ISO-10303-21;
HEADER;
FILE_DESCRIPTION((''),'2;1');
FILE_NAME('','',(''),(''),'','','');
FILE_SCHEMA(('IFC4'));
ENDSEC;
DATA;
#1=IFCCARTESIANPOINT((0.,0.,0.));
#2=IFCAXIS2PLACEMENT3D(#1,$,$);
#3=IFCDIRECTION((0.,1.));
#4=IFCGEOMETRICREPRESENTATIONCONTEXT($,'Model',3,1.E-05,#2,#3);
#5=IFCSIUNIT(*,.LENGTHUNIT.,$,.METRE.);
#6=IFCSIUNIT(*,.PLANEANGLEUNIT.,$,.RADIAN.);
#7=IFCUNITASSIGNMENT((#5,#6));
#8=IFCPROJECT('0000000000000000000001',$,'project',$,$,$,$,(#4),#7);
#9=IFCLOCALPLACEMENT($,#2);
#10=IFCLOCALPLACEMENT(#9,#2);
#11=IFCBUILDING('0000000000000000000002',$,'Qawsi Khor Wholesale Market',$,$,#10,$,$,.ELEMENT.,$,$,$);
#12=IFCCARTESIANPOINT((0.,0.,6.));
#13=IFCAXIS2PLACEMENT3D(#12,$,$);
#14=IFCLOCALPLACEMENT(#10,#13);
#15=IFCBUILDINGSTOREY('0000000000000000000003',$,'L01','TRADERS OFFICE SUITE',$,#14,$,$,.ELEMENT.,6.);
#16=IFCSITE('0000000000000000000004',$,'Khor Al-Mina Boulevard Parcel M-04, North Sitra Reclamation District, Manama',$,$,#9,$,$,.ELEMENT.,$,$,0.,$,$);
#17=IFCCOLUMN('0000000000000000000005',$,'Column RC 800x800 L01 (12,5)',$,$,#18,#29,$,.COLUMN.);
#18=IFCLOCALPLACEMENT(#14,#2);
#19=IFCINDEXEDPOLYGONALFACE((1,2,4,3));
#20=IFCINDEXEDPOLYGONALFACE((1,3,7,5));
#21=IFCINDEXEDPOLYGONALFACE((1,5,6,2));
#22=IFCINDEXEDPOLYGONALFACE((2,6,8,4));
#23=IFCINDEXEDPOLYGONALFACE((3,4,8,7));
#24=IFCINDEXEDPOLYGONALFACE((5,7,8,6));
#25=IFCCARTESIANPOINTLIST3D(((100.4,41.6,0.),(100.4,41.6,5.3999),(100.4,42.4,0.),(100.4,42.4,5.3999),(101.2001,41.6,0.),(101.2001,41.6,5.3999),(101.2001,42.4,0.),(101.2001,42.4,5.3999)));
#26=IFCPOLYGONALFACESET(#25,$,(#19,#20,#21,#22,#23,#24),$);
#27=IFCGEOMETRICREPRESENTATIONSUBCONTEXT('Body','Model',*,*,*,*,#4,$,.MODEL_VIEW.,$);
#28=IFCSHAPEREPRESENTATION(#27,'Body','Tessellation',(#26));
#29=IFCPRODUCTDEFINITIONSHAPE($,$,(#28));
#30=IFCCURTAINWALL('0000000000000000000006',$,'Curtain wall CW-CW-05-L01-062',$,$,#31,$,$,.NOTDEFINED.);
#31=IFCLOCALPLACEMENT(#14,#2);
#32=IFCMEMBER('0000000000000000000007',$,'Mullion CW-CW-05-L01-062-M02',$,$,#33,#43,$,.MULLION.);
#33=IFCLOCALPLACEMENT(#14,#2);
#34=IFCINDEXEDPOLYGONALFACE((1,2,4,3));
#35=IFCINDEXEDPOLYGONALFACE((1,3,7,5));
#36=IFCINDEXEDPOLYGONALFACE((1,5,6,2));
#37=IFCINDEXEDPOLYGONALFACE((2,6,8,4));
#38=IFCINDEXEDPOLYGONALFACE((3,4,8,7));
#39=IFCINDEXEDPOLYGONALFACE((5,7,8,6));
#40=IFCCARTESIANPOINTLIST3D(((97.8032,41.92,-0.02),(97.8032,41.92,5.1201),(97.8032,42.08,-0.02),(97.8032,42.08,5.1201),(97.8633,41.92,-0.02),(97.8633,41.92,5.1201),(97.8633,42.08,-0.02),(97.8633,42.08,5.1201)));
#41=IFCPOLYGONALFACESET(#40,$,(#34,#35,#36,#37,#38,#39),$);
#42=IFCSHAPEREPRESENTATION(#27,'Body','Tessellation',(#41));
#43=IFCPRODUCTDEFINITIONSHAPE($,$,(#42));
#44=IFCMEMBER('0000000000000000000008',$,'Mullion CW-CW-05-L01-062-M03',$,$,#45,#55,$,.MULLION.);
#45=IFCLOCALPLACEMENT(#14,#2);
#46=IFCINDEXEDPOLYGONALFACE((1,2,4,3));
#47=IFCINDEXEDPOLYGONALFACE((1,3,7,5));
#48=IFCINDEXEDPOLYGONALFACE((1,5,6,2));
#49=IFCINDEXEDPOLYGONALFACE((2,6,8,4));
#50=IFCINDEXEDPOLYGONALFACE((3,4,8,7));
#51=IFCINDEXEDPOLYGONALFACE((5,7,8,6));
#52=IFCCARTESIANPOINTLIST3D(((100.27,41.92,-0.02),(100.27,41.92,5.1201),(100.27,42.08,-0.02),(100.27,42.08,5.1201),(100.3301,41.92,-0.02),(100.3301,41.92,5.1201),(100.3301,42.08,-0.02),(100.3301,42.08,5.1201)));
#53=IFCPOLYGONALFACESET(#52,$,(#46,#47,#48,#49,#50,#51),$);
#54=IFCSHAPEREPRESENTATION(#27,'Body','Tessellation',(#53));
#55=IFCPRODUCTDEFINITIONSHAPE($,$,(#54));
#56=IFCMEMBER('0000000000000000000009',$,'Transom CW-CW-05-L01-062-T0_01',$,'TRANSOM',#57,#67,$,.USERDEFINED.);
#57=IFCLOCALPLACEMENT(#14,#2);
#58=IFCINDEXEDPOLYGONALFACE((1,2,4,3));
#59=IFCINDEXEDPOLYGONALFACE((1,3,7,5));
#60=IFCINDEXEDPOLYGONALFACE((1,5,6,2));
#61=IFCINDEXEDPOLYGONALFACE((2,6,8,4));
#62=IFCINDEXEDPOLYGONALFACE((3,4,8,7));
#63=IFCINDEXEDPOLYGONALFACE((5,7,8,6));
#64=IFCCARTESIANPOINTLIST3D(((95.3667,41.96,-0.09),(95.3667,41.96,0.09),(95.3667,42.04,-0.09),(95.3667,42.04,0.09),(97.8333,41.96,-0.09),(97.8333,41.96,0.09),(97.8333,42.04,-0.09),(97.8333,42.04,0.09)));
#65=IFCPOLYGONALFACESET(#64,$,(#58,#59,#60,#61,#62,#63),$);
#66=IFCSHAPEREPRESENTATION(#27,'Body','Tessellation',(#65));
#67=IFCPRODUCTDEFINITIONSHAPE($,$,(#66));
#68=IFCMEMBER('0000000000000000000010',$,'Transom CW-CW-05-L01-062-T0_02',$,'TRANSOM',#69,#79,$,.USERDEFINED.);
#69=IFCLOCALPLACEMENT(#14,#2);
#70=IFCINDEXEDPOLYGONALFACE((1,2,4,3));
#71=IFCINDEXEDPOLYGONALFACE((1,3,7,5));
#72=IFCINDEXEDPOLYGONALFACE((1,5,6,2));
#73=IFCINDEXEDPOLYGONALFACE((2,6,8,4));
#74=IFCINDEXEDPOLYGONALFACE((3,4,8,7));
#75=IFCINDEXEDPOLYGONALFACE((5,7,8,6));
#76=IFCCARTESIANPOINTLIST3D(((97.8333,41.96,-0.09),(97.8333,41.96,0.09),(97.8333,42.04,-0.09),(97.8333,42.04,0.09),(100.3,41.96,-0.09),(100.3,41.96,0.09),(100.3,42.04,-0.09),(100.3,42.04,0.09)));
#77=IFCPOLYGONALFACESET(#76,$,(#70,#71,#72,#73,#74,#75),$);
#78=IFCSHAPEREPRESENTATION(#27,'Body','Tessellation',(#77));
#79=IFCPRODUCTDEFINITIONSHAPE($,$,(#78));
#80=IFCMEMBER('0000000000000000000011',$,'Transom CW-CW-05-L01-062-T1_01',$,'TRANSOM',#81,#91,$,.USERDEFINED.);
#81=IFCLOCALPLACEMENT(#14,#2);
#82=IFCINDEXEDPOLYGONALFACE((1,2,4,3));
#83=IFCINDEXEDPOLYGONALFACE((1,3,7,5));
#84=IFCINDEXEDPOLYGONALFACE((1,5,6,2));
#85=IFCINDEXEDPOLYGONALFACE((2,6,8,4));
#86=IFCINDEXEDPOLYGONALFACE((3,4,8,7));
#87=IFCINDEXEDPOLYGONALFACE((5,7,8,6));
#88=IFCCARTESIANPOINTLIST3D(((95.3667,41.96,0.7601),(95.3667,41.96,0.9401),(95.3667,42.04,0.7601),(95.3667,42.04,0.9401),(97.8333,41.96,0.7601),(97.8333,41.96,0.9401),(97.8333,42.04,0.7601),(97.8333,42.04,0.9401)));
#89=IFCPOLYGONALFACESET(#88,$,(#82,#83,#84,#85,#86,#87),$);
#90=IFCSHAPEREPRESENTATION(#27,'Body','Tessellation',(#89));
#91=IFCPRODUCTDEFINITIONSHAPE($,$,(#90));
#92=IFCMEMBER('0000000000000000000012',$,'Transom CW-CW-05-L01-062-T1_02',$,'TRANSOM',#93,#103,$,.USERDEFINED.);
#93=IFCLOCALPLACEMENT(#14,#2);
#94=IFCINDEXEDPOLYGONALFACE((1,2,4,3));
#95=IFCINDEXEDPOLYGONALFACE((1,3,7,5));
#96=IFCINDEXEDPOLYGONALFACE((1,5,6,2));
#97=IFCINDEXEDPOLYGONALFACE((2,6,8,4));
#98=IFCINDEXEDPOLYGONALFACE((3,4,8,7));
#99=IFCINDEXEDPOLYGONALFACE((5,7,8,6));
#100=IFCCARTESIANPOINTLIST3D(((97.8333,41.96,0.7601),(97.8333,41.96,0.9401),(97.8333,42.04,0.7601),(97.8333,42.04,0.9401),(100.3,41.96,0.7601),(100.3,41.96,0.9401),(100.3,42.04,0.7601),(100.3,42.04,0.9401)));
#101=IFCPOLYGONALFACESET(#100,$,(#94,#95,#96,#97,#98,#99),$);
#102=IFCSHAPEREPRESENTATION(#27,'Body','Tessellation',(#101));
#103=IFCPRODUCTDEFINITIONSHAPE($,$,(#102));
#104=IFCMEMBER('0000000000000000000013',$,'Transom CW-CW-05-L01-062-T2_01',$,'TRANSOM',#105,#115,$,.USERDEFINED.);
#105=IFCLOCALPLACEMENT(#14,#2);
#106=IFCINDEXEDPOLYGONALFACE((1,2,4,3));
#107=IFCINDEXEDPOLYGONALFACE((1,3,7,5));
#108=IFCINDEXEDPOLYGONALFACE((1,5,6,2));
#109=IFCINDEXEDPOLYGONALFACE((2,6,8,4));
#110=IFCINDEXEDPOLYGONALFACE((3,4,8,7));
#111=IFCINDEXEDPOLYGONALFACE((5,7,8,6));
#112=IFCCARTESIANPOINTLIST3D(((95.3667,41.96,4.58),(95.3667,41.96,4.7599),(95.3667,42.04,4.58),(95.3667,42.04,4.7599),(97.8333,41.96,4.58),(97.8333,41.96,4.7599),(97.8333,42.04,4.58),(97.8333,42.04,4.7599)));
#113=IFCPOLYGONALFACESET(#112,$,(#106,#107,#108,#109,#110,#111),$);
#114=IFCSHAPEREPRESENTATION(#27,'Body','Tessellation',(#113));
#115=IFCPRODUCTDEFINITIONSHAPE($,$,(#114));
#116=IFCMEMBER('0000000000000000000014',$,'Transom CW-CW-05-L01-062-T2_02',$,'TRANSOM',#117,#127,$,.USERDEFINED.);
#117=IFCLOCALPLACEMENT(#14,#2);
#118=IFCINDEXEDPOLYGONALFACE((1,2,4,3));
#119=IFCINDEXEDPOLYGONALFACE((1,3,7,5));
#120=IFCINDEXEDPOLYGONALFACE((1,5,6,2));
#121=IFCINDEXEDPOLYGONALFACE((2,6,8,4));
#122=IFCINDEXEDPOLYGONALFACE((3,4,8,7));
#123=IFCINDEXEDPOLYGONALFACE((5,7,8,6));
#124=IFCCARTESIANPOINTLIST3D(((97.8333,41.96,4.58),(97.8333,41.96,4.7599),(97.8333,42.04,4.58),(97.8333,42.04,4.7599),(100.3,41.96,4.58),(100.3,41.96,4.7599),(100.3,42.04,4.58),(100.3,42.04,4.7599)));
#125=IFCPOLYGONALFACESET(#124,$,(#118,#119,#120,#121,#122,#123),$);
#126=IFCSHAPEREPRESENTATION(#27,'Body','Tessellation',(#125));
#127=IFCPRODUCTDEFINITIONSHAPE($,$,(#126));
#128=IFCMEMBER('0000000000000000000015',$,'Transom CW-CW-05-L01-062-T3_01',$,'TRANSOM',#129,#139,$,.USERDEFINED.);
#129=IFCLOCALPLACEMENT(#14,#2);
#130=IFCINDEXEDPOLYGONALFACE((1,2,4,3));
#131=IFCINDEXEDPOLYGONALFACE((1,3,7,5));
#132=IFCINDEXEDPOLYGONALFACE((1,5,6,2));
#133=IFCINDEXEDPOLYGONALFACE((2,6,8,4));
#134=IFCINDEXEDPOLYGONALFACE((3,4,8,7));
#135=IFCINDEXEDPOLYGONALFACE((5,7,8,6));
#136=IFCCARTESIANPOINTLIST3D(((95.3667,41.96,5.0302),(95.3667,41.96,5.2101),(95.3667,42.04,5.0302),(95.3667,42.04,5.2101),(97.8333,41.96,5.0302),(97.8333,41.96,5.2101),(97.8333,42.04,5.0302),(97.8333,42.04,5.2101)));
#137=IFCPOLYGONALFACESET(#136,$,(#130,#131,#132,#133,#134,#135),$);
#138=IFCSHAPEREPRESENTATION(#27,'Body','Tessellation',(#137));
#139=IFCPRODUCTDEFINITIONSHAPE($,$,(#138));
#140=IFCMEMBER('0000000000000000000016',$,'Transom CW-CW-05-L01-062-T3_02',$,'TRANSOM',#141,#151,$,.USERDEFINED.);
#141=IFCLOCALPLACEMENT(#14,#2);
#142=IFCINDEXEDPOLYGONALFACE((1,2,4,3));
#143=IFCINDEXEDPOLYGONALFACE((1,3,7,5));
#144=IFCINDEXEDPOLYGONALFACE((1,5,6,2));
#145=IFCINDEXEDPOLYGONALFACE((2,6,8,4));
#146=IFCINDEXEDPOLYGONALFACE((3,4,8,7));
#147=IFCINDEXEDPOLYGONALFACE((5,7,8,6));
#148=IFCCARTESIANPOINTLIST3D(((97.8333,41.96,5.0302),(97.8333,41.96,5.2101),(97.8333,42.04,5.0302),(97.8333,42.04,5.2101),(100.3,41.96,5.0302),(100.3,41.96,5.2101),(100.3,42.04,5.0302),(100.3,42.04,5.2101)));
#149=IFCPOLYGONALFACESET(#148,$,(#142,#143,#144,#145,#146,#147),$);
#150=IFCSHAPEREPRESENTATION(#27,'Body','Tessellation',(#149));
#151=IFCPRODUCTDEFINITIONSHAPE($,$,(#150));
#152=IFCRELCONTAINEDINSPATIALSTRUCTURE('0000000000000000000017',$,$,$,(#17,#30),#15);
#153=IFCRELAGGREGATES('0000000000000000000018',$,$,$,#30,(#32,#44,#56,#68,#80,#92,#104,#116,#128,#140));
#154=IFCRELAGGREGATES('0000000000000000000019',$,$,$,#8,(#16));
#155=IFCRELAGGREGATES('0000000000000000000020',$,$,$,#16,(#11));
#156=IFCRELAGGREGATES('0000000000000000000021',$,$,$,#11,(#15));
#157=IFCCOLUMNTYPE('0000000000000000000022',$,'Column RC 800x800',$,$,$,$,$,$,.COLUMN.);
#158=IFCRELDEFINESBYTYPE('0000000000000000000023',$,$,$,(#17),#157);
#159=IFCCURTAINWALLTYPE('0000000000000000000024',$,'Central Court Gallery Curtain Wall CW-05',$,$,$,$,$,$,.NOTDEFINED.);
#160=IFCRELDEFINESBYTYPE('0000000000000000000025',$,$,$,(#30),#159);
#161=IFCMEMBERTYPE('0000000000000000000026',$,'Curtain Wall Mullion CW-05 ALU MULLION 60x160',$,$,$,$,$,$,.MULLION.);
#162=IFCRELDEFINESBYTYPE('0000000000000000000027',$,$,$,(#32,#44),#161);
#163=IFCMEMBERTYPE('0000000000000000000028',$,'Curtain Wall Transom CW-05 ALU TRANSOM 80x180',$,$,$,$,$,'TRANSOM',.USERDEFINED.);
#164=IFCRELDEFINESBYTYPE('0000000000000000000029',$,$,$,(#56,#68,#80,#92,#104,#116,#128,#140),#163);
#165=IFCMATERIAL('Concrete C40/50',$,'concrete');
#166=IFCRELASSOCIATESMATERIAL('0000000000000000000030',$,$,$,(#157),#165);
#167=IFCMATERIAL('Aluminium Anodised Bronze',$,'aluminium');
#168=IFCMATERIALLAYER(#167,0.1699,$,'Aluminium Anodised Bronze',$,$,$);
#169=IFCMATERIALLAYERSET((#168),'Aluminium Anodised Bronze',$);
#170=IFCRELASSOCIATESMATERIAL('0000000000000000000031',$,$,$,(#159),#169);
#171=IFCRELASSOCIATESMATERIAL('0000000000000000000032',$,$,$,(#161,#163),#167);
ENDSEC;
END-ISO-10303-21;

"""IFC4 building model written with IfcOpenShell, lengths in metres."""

from ifc_helpers import new_model, si_unit, direction, frame, origin, origin_2d, place, context, subcontext, project, spatial, rectangle, extrude, material, layer, layer_set, material_profile, profile_set, type_object, element, aggregate, save


model = new_model("IFC4")

# Units and contexts
model_context = context("Model", 3, precision=1e-05, world=origin(), true_north=direction((0.0, 1.0)))
body_context = subcontext(model_context, "Body", "Model", "MODEL_VIEW")
ifc_project = project(units=[si_unit("LENGTHUNIT", "METRE"), si_unit("PLANEANGLEUNIT", "RADIAN")], contexts=[model_context])

# Site, building, storey
site_placement = place(None, origin())
site = spatial("IfcSite", under=ifc_project, at=site_placement, Name="Khor Al-Mina Boulevard Parcel M-04, North Sitra Reclamation District, Manama", CompositionType="ELEMENT", RefElevation=0.0)
building_placement = place(site_placement, origin())
building = spatial("IfcBuilding", under=site, at=building_placement, Name="Qawsi Khor Wholesale Market", CompositionType="ELEMENT")
storey_placement = place(building_placement, frame((0.0, 0.0, 6.0)))
storey = spatial("IfcBuildingStorey", under=building, at=storey_placement, Name="L01", Description="TRADERS OFFICE SUITE", CompositionType="ELEMENT", Elevation=6.0)

# Column
ifc_material_1 = material(Name="Concrete C40/50", Category="concrete")
ifc_material_profile_1 = material_profile(ifc_material_1, rectangle(XDim=0.8, YDim=0.8, at=origin_2d()), Name="RC 800x800")
ifc_profile_set_1 = profile_set([ifc_material_profile_1], Name="Concrete C40/50")
column_type = type_object("IfcColumnType", Name="Column RC 800x800", PredefinedType="COLUMN", material=ifc_profile_set_1)
column_placement = place(storey_placement, frame((100.8, 42.0, 0.0), z_axis=(0.0, 0.0, 1.0), x_axis=(1.0, 0.0, 0.0)))
element("IfcColumn", 1, at=column_placement, inside=storey, type_object=column_type, Name="Column RC 800x800 L01 (12,5)", PredefinedType="COLUMN", context=body_context, shape_type="SweptSolid", body=[
    extrude(rectangle(XDim=0.8, YDim=0.8, at=origin_2d()), origin(), (0.0, 0.0, 1.0), 5.3999),
])

# Curtain wall, members
ifc_material_2 = material(Name="Aluminium Anodised Bronze", Category="aluminium")
ifc_layer_1 = layer(ifc_material_2, 0.1699, Name="Aluminium Anodised Bronze")
ifc_layer_set_1 = layer_set([ifc_layer_1], Name="Aluminium Anodised Bronze")
curtain_wall_type = type_object("IfcCurtainWallType", Name="Central Court Gallery Curtain Wall CW-05", PredefinedType="NOTDEFINED", material=ifc_layer_set_1)
curtain_wall_placement = place(storey_placement, origin())
curtain_wall = element("IfcCurtainWall", 2, at=curtain_wall_placement, inside=storey, type_object=curtain_wall_type, Name="Curtain wall CW-CW-05-L01-062", PredefinedType="NOTDEFINED")
ifc_material_profile_2 = material_profile(ifc_material_2, rectangle(XDim=0.0601, YDim=0.1599, at=origin_2d()), Name="ALU MULLION 60x160")
ifc_profile_set_2 = profile_set([ifc_material_profile_2], Name="Aluminium Anodised Bronze")
member_type_1 = type_object("IfcMemberType", Name="Curtain Wall Mullion CW-05 ALU MULLION 60x160", PredefinedType="MULLION", material=ifc_profile_set_2)
member_1_placement = place(storey_placement, frame((97.8333, 42.0, -0.02), z_axis=(0.0, 0.0, 1.0), x_axis=(1.0, 0.0, 0.0)))
member_1 = element("IfcMember", 3, at=member_1_placement, type_object=member_type_1, Name="Mullion CW-CW-05-L01-062-M02", PredefinedType="MULLION", context=body_context, shape_type="SweptSolid", body=[
    extrude(rectangle(XDim=0.0601, YDim=0.1599, at=origin_2d()), origin(), (0.0, 0.0, 1.0), 5.1401),
])
member_2_placement = place(storey_placement, frame((100.3, 42.0, -0.02), z_axis=(0.0, 0.0, 1.0), x_axis=(1.0, 0.0, 0.0)))
member_2 = element("IfcMember", 4, at=member_2_placement, type_object=member_type_1, Name="Mullion CW-CW-05-L01-062-M03", PredefinedType="MULLION", context=body_context, shape_type="SweptSolid", body=[
    extrude(rectangle(XDim=0.0601, YDim=0.1599, at=origin_2d()), origin(), (0.0, 0.0, 1.0), 5.1401),
])
ifc_material_profile_3 = material_profile(ifc_material_2, rectangle(XDim=0.0801, YDim=0.1799, at=origin_2d()), Name="ALU TRANSOM 80x180")
ifc_profile_set_3 = profile_set([ifc_material_profile_3], Name="Aluminium Anodised Bronze")
member_type_2 = type_object("IfcMemberType", Name="Curtain Wall Transom CW-05 ALU TRANSOM 80x180", ElementType="TRANSOM", PredefinedType="USERDEFINED", material=ifc_profile_set_3)
member_3_placement = place(storey_placement, frame((95.3667, 42.0, 0.0), z_axis=(1.0, 0.0, 0.0), x_axis=(0.0, 1.0, 0.0)))
member_3 = element("IfcMember", 5, at=member_3_placement, type_object=member_type_2, Name="Transom CW-CW-05-L01-062-T0_01", ObjectType="TRANSOM", PredefinedType="USERDEFINED", context=body_context, shape_type="SweptSolid", body=[
    extrude(rectangle(XDim=0.0801, YDim=0.1799, at=origin_2d()), origin(), (0.0, 0.0, 1.0), 2.4666),
])
member_4_placement = place(storey_placement, frame((97.8333, 42.0, 0.0), z_axis=(1.0, 0.0, 0.0), x_axis=(0.0, 1.0, 0.0)))
member_4 = element("IfcMember", 6, at=member_4_placement, type_object=member_type_2, Name="Transom CW-CW-05-L01-062-T0_02", ObjectType="TRANSOM", PredefinedType="USERDEFINED", context=body_context, shape_type="SweptSolid", body=[
    extrude(rectangle(XDim=0.0801, YDim=0.1799, at=origin_2d()), origin(), (0.0, 0.0, 1.0), 2.4668),
])
member_5_placement = place(storey_placement, frame((95.3667, 42.0, 0.8501), z_axis=(1.0, 0.0, 0.0), x_axis=(0.0, 1.0, 0.0)))
member_5 = element("IfcMember", 7, at=member_5_placement, type_object=member_type_2, Name="Transom CW-CW-05-L01-062-T1_01", ObjectType="TRANSOM", PredefinedType="USERDEFINED", context=body_context, shape_type="SweptSolid", body=[
    extrude(rectangle(XDim=0.0801, YDim=0.1799, at=origin_2d()), origin(), (0.0, 0.0, 1.0), 2.4666),
])
member_6_placement = place(storey_placement, frame((97.8333, 42.0, 0.8501), z_axis=(1.0, 0.0, 0.0), x_axis=(0.0, 1.0, 0.0)))
member_6 = element("IfcMember", 8, at=member_6_placement, type_object=member_type_2, Name="Transom CW-CW-05-L01-062-T1_02", ObjectType="TRANSOM", PredefinedType="USERDEFINED", context=body_context, shape_type="SweptSolid", body=[
    extrude(rectangle(XDim=0.0801, YDim=0.1799, at=origin_2d()), origin(), (0.0, 0.0, 1.0), 2.4668),
])
member_7_placement = place(storey_placement, frame((95.3667, 42.0, 4.6699), z_axis=(1.0, 0.0, 0.0), x_axis=(0.0, 1.0, 0.0)))
member_7 = element("IfcMember", 9, at=member_7_placement, type_object=member_type_2, Name="Transom CW-CW-05-L01-062-T2_01", ObjectType="TRANSOM", PredefinedType="USERDEFINED", context=body_context, shape_type="SweptSolid", body=[
    extrude(rectangle(XDim=0.0801, YDim=0.1799, at=origin_2d()), origin(), (0.0, 0.0, 1.0), 2.4666),
])
member_8_placement = place(storey_placement, frame((97.8333, 42.0, 4.6699), z_axis=(1.0, 0.0, 0.0), x_axis=(0.0, 1.0, 0.0)))
member_8 = element("IfcMember", 10, at=member_8_placement, type_object=member_type_2, Name="Transom CW-CW-05-L01-062-T2_02", ObjectType="TRANSOM", PredefinedType="USERDEFINED", context=body_context, shape_type="SweptSolid", body=[
    extrude(rectangle(XDim=0.0801, YDim=0.1799, at=origin_2d()), origin(), (0.0, 0.0, 1.0), 2.4668),
])
member_9_placement = place(storey_placement, frame((95.3667, 42.0, 5.1201), z_axis=(1.0, 0.0, 0.0), x_axis=(0.0, 1.0, 0.0)))
member_9 = element("IfcMember", 11, at=member_9_placement, type_object=member_type_2, Name="Transom CW-CW-05-L01-062-T3_01", ObjectType="TRANSOM", PredefinedType="USERDEFINED", context=body_context, shape_type="SweptSolid", body=[
    extrude(rectangle(XDim=0.0801, YDim=0.1799, at=origin_2d()), origin(), (0.0, 0.0, 1.0), 2.4666),
])
member_10_placement = place(storey_placement, frame((97.8333, 42.0, 5.1201), z_axis=(1.0, 0.0, 0.0), x_axis=(0.0, 1.0, 0.0)))
member_10 = element("IfcMember", 12, at=member_10_placement, type_object=member_type_2, Name="Transom CW-CW-05-L01-062-T3_02", ObjectType="TRANSOM", PredefinedType="USERDEFINED", context=body_context, shape_type="SweptSolid", body=[
    extrude(rectangle(XDim=0.0801, YDim=0.1799, at=origin_2d()), origin(), (0.0, 0.0, 1.0), 2.4668),
])

aggregate(curtain_wall, [member_1, member_2, member_3, member_4, member_5, member_6, member_7, member_8, member_9, member_10])

save(model, "model.ifc")
